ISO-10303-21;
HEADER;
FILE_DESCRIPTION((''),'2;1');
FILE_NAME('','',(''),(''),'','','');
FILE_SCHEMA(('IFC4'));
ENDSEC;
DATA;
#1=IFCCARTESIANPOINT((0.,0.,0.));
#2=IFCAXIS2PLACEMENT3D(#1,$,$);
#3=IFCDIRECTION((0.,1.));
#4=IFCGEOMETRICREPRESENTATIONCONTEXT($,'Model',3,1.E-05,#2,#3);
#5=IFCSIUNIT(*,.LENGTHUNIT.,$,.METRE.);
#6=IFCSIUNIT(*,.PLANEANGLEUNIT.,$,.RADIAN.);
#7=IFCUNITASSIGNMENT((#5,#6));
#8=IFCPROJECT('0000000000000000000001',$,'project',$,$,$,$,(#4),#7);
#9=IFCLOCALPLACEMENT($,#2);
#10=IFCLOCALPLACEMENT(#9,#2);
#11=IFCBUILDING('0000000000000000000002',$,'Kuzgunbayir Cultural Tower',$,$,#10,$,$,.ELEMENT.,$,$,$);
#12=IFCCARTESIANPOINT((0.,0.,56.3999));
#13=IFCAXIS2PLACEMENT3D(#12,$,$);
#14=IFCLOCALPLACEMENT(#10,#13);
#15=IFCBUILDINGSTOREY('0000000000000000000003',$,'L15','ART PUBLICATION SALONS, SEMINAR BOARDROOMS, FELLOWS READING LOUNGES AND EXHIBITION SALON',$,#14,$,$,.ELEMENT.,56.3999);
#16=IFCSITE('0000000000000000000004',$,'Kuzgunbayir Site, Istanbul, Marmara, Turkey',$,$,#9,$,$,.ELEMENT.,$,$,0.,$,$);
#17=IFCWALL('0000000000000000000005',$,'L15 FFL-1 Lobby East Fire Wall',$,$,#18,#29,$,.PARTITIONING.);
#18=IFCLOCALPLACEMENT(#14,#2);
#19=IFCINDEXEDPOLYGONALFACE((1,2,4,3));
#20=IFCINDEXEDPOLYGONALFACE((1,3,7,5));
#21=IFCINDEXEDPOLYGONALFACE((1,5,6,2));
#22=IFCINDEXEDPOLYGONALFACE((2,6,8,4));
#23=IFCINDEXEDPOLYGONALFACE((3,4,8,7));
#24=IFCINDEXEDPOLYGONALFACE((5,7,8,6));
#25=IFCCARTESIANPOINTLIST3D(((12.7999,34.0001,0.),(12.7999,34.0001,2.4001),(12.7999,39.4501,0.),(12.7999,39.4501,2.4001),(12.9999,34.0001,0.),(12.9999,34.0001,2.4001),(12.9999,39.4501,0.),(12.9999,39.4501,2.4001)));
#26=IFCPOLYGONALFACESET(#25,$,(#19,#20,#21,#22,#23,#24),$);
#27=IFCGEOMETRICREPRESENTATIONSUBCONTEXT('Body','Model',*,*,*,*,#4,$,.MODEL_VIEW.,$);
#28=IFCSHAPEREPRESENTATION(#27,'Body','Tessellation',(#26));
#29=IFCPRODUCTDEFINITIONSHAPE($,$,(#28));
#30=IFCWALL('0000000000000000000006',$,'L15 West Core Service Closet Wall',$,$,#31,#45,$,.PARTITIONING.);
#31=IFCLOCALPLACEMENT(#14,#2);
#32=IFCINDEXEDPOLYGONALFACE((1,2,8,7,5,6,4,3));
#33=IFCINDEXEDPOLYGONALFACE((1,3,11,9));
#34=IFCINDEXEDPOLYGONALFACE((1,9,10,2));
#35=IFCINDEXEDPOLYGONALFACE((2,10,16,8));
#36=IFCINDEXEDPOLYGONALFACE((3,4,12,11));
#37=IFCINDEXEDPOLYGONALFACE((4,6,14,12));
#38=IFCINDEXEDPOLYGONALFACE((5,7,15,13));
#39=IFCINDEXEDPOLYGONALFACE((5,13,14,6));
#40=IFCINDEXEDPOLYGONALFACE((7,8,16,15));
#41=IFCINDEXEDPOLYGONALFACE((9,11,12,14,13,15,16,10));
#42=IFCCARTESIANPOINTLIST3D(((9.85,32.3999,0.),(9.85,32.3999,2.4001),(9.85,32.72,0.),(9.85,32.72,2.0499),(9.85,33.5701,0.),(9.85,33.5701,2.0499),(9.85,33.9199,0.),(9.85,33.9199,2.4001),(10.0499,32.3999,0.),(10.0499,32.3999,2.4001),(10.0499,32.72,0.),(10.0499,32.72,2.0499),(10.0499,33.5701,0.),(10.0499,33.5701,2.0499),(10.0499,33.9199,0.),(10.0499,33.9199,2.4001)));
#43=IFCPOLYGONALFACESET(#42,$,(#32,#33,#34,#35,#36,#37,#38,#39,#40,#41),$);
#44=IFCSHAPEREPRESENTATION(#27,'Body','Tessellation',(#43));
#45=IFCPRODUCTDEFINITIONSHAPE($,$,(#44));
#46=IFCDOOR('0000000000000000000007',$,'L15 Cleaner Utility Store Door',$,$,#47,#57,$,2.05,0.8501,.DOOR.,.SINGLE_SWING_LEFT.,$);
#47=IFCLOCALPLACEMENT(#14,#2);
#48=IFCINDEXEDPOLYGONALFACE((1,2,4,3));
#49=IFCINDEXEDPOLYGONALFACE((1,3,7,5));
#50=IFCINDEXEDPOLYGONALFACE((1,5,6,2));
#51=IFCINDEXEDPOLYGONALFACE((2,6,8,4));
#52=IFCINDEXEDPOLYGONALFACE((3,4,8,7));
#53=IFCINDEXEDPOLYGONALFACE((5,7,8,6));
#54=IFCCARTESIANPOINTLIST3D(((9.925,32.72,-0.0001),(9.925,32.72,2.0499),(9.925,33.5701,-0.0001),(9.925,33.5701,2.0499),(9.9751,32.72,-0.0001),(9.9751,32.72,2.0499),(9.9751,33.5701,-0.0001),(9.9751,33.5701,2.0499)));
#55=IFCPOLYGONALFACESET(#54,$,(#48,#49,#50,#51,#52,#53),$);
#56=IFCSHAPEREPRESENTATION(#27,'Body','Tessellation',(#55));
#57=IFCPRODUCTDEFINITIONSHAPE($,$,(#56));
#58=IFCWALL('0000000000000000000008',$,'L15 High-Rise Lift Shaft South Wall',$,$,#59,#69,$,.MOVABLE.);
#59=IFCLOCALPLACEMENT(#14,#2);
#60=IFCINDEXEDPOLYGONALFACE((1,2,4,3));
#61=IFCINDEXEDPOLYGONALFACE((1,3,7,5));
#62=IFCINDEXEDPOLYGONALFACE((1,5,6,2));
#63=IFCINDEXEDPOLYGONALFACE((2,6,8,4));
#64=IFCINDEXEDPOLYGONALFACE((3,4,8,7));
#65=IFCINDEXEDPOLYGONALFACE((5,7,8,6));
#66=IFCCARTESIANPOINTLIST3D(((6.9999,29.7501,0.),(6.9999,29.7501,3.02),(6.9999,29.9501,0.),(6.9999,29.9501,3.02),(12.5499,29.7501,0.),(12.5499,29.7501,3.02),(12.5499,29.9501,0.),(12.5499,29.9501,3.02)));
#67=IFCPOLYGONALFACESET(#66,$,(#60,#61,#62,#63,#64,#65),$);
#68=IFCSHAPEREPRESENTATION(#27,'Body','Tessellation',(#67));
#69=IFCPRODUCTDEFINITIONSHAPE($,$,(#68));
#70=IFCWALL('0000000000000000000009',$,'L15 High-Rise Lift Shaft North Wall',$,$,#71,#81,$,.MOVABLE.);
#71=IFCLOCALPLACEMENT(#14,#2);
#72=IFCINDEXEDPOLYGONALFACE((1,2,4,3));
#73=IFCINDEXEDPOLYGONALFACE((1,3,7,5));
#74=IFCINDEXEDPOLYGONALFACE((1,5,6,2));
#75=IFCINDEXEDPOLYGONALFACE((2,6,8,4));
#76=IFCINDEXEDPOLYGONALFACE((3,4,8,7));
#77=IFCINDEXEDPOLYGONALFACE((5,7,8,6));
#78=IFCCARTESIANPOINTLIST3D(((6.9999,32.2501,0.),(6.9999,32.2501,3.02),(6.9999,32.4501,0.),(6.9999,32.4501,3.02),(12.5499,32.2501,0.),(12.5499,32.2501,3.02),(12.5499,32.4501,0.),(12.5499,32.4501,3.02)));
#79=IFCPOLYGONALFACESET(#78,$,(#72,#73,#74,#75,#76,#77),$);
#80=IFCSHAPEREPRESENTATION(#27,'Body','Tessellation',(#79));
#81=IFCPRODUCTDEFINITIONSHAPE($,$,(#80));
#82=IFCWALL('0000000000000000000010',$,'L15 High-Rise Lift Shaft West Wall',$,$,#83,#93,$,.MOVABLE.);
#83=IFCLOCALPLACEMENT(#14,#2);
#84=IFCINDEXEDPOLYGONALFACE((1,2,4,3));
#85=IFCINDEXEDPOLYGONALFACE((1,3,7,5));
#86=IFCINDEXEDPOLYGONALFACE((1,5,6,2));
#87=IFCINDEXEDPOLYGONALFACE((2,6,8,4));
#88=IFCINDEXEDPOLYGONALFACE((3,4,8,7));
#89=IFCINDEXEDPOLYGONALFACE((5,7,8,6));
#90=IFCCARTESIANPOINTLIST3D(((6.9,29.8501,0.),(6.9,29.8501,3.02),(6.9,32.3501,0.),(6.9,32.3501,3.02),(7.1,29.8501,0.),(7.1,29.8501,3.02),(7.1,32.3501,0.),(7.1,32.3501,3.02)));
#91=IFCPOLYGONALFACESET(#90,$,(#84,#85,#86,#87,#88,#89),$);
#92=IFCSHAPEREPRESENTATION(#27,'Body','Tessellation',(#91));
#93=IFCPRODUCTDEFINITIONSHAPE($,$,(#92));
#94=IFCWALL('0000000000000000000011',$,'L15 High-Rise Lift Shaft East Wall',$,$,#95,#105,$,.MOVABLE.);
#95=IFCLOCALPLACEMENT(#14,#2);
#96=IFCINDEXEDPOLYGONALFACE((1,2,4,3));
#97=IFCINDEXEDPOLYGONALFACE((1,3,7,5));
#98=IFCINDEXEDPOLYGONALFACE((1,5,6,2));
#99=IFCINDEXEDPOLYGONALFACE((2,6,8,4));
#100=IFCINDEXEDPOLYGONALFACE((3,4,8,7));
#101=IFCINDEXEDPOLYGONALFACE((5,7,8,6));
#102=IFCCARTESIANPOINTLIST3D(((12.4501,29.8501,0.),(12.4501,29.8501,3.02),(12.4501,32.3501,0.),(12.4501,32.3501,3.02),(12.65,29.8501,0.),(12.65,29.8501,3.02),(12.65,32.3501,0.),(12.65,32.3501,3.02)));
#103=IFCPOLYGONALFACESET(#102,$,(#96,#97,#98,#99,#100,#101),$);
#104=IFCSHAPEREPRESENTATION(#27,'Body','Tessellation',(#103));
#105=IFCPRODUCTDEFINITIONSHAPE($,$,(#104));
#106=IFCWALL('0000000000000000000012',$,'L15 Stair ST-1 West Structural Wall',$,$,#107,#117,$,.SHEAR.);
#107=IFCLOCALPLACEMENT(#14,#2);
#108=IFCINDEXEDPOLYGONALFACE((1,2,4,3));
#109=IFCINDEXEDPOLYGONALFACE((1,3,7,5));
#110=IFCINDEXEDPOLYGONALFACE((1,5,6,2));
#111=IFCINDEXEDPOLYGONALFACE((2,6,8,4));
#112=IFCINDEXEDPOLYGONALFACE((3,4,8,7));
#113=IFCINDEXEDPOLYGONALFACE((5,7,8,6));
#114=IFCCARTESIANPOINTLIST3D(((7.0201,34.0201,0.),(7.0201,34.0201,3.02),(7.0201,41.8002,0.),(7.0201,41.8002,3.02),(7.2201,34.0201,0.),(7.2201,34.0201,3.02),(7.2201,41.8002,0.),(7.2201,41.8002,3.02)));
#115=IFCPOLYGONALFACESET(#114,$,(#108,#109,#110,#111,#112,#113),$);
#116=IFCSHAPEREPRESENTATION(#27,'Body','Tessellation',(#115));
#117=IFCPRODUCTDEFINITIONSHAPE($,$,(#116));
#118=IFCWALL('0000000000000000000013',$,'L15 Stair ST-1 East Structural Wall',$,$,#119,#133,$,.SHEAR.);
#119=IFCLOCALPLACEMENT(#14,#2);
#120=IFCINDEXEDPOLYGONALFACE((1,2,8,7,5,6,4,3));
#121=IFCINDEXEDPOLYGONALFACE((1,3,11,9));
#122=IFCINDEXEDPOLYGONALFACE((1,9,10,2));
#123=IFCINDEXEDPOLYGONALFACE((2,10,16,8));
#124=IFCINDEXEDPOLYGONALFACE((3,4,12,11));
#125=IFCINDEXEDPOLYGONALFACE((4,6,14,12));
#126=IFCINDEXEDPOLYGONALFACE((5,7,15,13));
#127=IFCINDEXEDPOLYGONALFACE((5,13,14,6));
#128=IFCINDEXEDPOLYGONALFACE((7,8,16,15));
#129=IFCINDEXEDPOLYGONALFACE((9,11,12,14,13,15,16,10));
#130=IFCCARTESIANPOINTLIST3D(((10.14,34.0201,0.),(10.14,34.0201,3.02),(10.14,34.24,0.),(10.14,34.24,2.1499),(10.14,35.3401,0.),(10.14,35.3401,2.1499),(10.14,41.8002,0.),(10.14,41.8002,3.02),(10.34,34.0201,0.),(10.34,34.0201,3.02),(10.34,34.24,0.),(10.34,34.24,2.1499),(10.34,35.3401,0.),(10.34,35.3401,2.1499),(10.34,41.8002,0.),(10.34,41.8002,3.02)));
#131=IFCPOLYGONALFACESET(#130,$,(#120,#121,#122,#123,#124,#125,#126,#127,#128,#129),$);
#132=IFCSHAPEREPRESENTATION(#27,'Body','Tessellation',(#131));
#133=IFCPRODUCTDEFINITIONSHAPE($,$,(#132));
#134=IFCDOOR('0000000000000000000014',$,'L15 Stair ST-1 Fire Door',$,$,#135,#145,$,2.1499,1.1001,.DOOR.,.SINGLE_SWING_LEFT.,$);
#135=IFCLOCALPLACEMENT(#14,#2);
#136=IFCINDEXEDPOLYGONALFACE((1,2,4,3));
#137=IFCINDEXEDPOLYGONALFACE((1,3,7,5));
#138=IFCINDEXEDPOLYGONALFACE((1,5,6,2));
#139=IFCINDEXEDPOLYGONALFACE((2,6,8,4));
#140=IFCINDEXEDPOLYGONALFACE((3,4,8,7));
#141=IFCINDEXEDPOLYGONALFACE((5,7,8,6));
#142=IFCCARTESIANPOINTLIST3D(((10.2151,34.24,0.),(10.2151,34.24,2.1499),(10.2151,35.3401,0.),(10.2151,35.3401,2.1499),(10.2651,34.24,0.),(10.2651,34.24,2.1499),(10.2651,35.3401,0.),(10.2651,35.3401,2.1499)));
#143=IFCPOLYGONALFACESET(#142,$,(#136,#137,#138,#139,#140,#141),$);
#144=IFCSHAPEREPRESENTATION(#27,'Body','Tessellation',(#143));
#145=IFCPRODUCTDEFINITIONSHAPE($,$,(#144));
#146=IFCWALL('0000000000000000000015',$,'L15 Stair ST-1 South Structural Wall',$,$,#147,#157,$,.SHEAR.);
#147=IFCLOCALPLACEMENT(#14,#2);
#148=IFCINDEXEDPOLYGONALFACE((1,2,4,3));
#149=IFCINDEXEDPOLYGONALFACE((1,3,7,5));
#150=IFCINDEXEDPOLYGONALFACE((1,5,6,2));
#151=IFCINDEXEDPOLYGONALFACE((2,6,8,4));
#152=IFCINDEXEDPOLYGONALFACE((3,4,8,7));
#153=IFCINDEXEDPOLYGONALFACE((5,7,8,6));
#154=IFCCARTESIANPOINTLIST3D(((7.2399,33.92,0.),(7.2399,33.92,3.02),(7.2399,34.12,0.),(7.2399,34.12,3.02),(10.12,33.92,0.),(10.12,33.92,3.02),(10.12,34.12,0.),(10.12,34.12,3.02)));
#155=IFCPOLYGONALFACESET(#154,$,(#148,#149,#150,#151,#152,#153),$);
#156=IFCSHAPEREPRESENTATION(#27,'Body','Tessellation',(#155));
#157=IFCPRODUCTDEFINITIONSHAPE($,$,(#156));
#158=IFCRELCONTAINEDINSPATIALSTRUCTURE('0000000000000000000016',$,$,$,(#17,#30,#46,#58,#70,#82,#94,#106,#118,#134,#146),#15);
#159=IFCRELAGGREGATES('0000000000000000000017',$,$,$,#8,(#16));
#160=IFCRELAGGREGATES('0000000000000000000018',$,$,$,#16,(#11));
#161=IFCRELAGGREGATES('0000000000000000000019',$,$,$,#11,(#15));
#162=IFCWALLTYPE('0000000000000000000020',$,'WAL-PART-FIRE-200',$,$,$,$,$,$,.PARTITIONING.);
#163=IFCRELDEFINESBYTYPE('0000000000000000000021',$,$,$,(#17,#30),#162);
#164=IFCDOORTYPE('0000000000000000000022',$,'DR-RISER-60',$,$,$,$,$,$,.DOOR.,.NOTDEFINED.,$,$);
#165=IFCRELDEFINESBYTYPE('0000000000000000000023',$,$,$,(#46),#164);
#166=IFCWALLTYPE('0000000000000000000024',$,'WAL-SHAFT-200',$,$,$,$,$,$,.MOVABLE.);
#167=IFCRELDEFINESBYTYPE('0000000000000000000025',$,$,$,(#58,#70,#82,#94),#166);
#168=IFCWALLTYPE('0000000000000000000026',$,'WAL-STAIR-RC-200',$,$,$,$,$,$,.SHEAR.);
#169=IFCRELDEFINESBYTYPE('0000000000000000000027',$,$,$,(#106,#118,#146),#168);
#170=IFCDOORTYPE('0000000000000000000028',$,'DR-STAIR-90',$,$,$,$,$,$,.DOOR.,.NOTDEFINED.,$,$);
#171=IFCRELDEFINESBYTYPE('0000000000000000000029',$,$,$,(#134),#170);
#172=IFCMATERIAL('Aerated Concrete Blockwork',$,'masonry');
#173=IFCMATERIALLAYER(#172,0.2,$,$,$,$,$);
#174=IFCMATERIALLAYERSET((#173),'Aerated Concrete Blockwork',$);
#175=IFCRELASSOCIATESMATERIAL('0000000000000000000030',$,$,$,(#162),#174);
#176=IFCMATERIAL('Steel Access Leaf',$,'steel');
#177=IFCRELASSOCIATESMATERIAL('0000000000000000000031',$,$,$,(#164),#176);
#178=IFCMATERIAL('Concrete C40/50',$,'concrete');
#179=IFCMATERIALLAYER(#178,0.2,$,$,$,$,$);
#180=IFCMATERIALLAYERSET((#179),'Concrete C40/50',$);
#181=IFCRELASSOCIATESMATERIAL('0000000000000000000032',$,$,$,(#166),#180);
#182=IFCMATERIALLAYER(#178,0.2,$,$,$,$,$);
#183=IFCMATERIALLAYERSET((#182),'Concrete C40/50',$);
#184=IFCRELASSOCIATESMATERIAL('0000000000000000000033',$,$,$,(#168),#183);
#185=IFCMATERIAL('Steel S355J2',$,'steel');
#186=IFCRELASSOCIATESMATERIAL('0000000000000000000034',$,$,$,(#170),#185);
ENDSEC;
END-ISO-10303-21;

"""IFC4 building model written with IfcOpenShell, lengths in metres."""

from ifc_helpers import new_model, si_unit, direction, frame, frame_2d, origin, place, context, subcontext, project, spatial, rectangle, extrude, material, layer, layer_set, type_object, element, fill, save


model = new_model("IFC4")

# Units and contexts
model_context = context("Model", 3, precision=1e-05, world=origin(), true_north=direction((0.0, 1.0)))
body_context = subcontext(model_context, "Body", "Model", "MODEL_VIEW")
ifc_project = project(units=[si_unit("LENGTHUNIT", "METRE"), si_unit("PLANEANGLEUNIT", "RADIAN")], contexts=[model_context])

# Site, building, storey
site_placement = place(None, origin())
site = spatial("IfcSite", under=ifc_project, at=site_placement, Name="Kuzgunbayir Site, Istanbul, Marmara, Turkey", CompositionType="ELEMENT", RefElevation=0.0)
building_placement = place(site_placement, origin())
building = spatial("IfcBuilding", under=site, at=building_placement, Name="Kuzgunbayir Cultural Tower", CompositionType="ELEMENT")
storey_placement = place(building_placement, frame((0.0, 0.0, 56.3999)))
storey = spatial("IfcBuildingStorey", under=building, at=storey_placement, Name="L15", Description="ART PUBLICATION SALONS, SEMINAR BOARDROOMS, FELLOWS READING LOUNGES AND EXHIBITION SALON", CompositionType="ELEMENT", Elevation=56.3999)

# Shared definitions
ifc_material_1 = material(Name="Steel S355J2", Category="steel")

# Wall
ifc_material_2 = material(Name="Aerated Concrete Blockwork", Category="masonry")
ifc_layer_1 = layer(ifc_material_2, 0.2)
ifc_layer_set_1 = layer_set([ifc_layer_1], Name="Aerated Concrete Blockwork")
wall_type_1 = type_object("IfcWallType", Name="WAL-PART-FIRE-200", PredefinedType="PARTITIONING", material=ifc_layer_set_1)
wall_1_placement = place(storey_placement, frame((12.8999, 34.0, 0.0), z_axis=(0.0, 0.0, 1.0), x_axis=(0.0, 1.0, 0.0)))
element("IfcWall", 1, at=wall_1_placement, inside=storey, type_object=wall_type_1, Name="L15 FFL-1 Lobby East Fire Wall", PredefinedType="PARTITIONING", context=body_context, shape_type="SweptSolid", body=[
    extrude(rectangle(XDim=5.45, YDim=0.2, at=frame_2d((2.7251, 0.0))), origin(), (0.0, 0.0, 1.0), 2.4001),
])

# Wall, opening, door
wall_2_placement = place(storey_placement, frame((9.95, 32.3999, 0.0), z_axis=(0.0, 0.0, 1.0), x_axis=(0.0, 1.0, 0.0)))
wall_2 = element("IfcWall", 2, at=wall_2_placement, inside=storey, type_object=wall_type_1, Name="L15 West Core Service Closet Wall", PredefinedType="PARTITIONING", context=body_context, shape_type="SweptSolid", body=[
    extrude(rectangle(XDim=1.52, YDim=0.2, at=frame_2d((0.76, 0.0))), origin(), (0.0, 0.0, 1.0), 2.4001),
])
opening_1_placement = place(wall_2_placement, frame((0.3201, 0.0, 0.0)))
opening_1 = element("IfcOpeningElement", 3, at=opening_1_placement, cuts=wall_2, PredefinedType="OPENING", context=body_context, shape_type="SweptSolid", body=[
    extrude(rectangle(XDim=0.8501, YDim=2.05, at=frame_2d((0.425, 1.0249))), frame((0.0, 0.1099, 0.0), z_axis=(0.0, -1.0, 0.0), x_axis=(1.0, 0.0, 0.0)), (0.0, 0.0, 1.0), 0.22),
])
ifc_material_3 = material(Name="Steel Access Leaf", Category="steel")
door_type_1 = type_object("IfcDoorType", Name="DR-RISER-60", OperationType="NOTDEFINED", PredefinedType="DOOR", material=ifc_material_3)
door_1_placement = place(opening_1_placement, origin())
door_1 = element("IfcDoor", 4, at=door_1_placement, inside=storey, type_object=door_type_1, Name="L15 Cleaner Utility Store Door", OperationType="SINGLE_SWING_LEFT", OverallHeight=2.05, OverallWidth=0.8501, PredefinedType="DOOR", context=body_context, shape_type="SweptSolid", body=[
    extrude(rectangle(XDim=0.8501, YDim=2.05, at=frame_2d((0.425, 1.0249))), frame((0.0, 0.0249, 0.0), z_axis=(0.0, -1.0, 0.0), x_axis=(1.0, 0.0, 0.0)), (0.0, 0.0, 1.0), 0.05),
])
fill(opening_1, door_1)

# Walls
ifc_material_4 = material(Name="Concrete C40/50", Category="concrete")
ifc_layer_2 = layer(ifc_material_4, 0.2)
ifc_layer_set_2 = layer_set([ifc_layer_2], Name="Concrete C40/50")
wall_type_2 = type_object("IfcWallType", Name="WAL-SHAFT-200", PredefinedType="MOVABLE", material=ifc_layer_set_2)
for number, where, z_axis, x_axis, name in (
    (5, (7.0, 29.8501, 0.0), (0.0, 0.0, 1.0), (1.0, 0.0, 0.0), "L15 High-Rise Lift Shaft South Wall"),
    (6, (7.0, 32.3501, 0.0), (0.0, 0.0, 1.0), (1.0, 0.0, 0.0), "L15 High-Rise Lift Shaft North Wall"),
):
    element("IfcWall", number, at=place(storey_placement, frame(where, z_axis=z_axis, x_axis=x_axis)), inside=storey, type_object=wall_type_2, Name=name, PredefinedType="MOVABLE", context=body_context, shape_type="SweptSolid", body=[
        extrude(rectangle(XDim=5.55, YDim=0.2, at=frame_2d((2.7749, 0.0))), origin(), (0.0, 0.0, 1.0), 3.02),
    ])
for number, where, z_axis, x_axis, name in (
    (7, (7.0, 29.8501, 0.0), (0.0, 0.0, 1.0), (0.0, 1.0, 0.0), "L15 High-Rise Lift Shaft West Wall"),
    (8, (12.55, 29.8501, 0.0), (0.0, 0.0, 1.0), (0.0, 1.0, 0.0), "L15 High-Rise Lift Shaft East Wall"),
):
    element("IfcWall", number, at=place(storey_placement, frame(where, z_axis=z_axis, x_axis=x_axis)), inside=storey, type_object=wall_type_2, Name=name, PredefinedType="MOVABLE", context=body_context, shape_type="SweptSolid", body=[
        extrude(rectangle(XDim=2.5, YDim=0.2, at=frame_2d((1.25, 0.0))), origin(), (0.0, 0.0, 1.0), 3.02),
    ])
ifc_layer_3 = layer(ifc_material_4, 0.2)
ifc_layer_set_3 = layer_set([ifc_layer_3], Name="Concrete C40/50")
wall_type_3 = type_object("IfcWallType", Name="WAL-STAIR-RC-200", PredefinedType="SHEAR", material=ifc_layer_set_3)
wall_3_placement = place(storey_placement, frame((7.1201, 34.02, 0.0), z_axis=(0.0, 0.0, 1.0), x_axis=(0.0, 1.0, 0.0)))
element("IfcWall", 9, at=wall_3_placement, inside=storey, type_object=wall_type_3, Name="L15 Stair ST-1 West Structural Wall", PredefinedType="SHEAR", context=body_context, shape_type="SweptSolid", body=[
    extrude(rectangle(XDim=7.78, YDim=0.2, at=frame_2d((3.8901, 0.0))), origin(), (0.0, 0.0, 1.0), 3.02),
])

# Wall, opening, door
wall_4_placement = place(storey_placement, frame((10.24, 34.02, 0.0), z_axis=(0.0, 0.0, 1.0), x_axis=(0.0, 1.0, 0.0)))
wall_4 = element("IfcWall", 10, at=wall_4_placement, inside=storey, type_object=wall_type_3, Name="L15 Stair ST-1 East Structural Wall", PredefinedType="SHEAR", context=body_context, shape_type="SweptSolid", body=[
    extrude(rectangle(XDim=7.78, YDim=0.2, at=frame_2d((3.8901, 0.0))), origin(), (0.0, 0.0, 1.0), 3.02),
])
opening_2_placement = place(wall_4_placement, frame((0.22, 0.0, 0.0)))
opening_2 = element("IfcOpeningElement", 11, at=opening_2_placement, cuts=wall_4, PredefinedType="OPENING", context=body_context, shape_type="SweptSolid", body=[
    extrude(rectangle(XDim=1.1001, YDim=2.1499, at=frame_2d((0.55, 1.075))), frame((0.0, 0.1099, 0.0), z_axis=(0.0, -1.0, 0.0), x_axis=(1.0, 0.0, 0.0)), (0.0, 0.0, 1.0), 0.22),
])
door_type_2 = type_object("IfcDoorType", Name="DR-STAIR-90", OperationType="NOTDEFINED", PredefinedType="DOOR", material=ifc_material_1)
door_2_placement = place(opening_2_placement, origin())
door_2 = element("IfcDoor", 12, at=door_2_placement, inside=storey, type_object=door_type_2, Name="L15 Stair ST-1 Fire Door", OperationType="SINGLE_SWING_LEFT", OverallHeight=2.1499, OverallWidth=1.1001, PredefinedType="DOOR", context=body_context, shape_type="SweptSolid", body=[
    extrude(rectangle(XDim=1.1001, YDim=2.1499, at=frame_2d((0.55, 1.075))), frame((0.0, 0.0249, 0.0), z_axis=(0.0, -1.0, 0.0), x_axis=(1.0, 0.0, 0.0)), (0.0, 0.0, 1.0), 0.05),
])
fill(opening_2, door_2)

# Wall
wall_5_placement = place(storey_placement, frame((7.24, 34.02, 0.0), z_axis=(0.0, 0.0, 1.0), x_axis=(1.0, 0.0, 0.0)))
element("IfcWall", 13, at=wall_5_placement, inside=storey, type_object=wall_type_3, Name="L15 Stair ST-1 South Structural Wall", PredefinedType="SHEAR", context=body_context, shape_type="SweptSolid", body=[
    extrude(rectangle(XDim=2.8801, YDim=0.2, at=frame_2d((1.4399, 0.0))), origin(), (0.0, 0.0, 1.0), 3.02),
])

save(model, "model.ifc")
